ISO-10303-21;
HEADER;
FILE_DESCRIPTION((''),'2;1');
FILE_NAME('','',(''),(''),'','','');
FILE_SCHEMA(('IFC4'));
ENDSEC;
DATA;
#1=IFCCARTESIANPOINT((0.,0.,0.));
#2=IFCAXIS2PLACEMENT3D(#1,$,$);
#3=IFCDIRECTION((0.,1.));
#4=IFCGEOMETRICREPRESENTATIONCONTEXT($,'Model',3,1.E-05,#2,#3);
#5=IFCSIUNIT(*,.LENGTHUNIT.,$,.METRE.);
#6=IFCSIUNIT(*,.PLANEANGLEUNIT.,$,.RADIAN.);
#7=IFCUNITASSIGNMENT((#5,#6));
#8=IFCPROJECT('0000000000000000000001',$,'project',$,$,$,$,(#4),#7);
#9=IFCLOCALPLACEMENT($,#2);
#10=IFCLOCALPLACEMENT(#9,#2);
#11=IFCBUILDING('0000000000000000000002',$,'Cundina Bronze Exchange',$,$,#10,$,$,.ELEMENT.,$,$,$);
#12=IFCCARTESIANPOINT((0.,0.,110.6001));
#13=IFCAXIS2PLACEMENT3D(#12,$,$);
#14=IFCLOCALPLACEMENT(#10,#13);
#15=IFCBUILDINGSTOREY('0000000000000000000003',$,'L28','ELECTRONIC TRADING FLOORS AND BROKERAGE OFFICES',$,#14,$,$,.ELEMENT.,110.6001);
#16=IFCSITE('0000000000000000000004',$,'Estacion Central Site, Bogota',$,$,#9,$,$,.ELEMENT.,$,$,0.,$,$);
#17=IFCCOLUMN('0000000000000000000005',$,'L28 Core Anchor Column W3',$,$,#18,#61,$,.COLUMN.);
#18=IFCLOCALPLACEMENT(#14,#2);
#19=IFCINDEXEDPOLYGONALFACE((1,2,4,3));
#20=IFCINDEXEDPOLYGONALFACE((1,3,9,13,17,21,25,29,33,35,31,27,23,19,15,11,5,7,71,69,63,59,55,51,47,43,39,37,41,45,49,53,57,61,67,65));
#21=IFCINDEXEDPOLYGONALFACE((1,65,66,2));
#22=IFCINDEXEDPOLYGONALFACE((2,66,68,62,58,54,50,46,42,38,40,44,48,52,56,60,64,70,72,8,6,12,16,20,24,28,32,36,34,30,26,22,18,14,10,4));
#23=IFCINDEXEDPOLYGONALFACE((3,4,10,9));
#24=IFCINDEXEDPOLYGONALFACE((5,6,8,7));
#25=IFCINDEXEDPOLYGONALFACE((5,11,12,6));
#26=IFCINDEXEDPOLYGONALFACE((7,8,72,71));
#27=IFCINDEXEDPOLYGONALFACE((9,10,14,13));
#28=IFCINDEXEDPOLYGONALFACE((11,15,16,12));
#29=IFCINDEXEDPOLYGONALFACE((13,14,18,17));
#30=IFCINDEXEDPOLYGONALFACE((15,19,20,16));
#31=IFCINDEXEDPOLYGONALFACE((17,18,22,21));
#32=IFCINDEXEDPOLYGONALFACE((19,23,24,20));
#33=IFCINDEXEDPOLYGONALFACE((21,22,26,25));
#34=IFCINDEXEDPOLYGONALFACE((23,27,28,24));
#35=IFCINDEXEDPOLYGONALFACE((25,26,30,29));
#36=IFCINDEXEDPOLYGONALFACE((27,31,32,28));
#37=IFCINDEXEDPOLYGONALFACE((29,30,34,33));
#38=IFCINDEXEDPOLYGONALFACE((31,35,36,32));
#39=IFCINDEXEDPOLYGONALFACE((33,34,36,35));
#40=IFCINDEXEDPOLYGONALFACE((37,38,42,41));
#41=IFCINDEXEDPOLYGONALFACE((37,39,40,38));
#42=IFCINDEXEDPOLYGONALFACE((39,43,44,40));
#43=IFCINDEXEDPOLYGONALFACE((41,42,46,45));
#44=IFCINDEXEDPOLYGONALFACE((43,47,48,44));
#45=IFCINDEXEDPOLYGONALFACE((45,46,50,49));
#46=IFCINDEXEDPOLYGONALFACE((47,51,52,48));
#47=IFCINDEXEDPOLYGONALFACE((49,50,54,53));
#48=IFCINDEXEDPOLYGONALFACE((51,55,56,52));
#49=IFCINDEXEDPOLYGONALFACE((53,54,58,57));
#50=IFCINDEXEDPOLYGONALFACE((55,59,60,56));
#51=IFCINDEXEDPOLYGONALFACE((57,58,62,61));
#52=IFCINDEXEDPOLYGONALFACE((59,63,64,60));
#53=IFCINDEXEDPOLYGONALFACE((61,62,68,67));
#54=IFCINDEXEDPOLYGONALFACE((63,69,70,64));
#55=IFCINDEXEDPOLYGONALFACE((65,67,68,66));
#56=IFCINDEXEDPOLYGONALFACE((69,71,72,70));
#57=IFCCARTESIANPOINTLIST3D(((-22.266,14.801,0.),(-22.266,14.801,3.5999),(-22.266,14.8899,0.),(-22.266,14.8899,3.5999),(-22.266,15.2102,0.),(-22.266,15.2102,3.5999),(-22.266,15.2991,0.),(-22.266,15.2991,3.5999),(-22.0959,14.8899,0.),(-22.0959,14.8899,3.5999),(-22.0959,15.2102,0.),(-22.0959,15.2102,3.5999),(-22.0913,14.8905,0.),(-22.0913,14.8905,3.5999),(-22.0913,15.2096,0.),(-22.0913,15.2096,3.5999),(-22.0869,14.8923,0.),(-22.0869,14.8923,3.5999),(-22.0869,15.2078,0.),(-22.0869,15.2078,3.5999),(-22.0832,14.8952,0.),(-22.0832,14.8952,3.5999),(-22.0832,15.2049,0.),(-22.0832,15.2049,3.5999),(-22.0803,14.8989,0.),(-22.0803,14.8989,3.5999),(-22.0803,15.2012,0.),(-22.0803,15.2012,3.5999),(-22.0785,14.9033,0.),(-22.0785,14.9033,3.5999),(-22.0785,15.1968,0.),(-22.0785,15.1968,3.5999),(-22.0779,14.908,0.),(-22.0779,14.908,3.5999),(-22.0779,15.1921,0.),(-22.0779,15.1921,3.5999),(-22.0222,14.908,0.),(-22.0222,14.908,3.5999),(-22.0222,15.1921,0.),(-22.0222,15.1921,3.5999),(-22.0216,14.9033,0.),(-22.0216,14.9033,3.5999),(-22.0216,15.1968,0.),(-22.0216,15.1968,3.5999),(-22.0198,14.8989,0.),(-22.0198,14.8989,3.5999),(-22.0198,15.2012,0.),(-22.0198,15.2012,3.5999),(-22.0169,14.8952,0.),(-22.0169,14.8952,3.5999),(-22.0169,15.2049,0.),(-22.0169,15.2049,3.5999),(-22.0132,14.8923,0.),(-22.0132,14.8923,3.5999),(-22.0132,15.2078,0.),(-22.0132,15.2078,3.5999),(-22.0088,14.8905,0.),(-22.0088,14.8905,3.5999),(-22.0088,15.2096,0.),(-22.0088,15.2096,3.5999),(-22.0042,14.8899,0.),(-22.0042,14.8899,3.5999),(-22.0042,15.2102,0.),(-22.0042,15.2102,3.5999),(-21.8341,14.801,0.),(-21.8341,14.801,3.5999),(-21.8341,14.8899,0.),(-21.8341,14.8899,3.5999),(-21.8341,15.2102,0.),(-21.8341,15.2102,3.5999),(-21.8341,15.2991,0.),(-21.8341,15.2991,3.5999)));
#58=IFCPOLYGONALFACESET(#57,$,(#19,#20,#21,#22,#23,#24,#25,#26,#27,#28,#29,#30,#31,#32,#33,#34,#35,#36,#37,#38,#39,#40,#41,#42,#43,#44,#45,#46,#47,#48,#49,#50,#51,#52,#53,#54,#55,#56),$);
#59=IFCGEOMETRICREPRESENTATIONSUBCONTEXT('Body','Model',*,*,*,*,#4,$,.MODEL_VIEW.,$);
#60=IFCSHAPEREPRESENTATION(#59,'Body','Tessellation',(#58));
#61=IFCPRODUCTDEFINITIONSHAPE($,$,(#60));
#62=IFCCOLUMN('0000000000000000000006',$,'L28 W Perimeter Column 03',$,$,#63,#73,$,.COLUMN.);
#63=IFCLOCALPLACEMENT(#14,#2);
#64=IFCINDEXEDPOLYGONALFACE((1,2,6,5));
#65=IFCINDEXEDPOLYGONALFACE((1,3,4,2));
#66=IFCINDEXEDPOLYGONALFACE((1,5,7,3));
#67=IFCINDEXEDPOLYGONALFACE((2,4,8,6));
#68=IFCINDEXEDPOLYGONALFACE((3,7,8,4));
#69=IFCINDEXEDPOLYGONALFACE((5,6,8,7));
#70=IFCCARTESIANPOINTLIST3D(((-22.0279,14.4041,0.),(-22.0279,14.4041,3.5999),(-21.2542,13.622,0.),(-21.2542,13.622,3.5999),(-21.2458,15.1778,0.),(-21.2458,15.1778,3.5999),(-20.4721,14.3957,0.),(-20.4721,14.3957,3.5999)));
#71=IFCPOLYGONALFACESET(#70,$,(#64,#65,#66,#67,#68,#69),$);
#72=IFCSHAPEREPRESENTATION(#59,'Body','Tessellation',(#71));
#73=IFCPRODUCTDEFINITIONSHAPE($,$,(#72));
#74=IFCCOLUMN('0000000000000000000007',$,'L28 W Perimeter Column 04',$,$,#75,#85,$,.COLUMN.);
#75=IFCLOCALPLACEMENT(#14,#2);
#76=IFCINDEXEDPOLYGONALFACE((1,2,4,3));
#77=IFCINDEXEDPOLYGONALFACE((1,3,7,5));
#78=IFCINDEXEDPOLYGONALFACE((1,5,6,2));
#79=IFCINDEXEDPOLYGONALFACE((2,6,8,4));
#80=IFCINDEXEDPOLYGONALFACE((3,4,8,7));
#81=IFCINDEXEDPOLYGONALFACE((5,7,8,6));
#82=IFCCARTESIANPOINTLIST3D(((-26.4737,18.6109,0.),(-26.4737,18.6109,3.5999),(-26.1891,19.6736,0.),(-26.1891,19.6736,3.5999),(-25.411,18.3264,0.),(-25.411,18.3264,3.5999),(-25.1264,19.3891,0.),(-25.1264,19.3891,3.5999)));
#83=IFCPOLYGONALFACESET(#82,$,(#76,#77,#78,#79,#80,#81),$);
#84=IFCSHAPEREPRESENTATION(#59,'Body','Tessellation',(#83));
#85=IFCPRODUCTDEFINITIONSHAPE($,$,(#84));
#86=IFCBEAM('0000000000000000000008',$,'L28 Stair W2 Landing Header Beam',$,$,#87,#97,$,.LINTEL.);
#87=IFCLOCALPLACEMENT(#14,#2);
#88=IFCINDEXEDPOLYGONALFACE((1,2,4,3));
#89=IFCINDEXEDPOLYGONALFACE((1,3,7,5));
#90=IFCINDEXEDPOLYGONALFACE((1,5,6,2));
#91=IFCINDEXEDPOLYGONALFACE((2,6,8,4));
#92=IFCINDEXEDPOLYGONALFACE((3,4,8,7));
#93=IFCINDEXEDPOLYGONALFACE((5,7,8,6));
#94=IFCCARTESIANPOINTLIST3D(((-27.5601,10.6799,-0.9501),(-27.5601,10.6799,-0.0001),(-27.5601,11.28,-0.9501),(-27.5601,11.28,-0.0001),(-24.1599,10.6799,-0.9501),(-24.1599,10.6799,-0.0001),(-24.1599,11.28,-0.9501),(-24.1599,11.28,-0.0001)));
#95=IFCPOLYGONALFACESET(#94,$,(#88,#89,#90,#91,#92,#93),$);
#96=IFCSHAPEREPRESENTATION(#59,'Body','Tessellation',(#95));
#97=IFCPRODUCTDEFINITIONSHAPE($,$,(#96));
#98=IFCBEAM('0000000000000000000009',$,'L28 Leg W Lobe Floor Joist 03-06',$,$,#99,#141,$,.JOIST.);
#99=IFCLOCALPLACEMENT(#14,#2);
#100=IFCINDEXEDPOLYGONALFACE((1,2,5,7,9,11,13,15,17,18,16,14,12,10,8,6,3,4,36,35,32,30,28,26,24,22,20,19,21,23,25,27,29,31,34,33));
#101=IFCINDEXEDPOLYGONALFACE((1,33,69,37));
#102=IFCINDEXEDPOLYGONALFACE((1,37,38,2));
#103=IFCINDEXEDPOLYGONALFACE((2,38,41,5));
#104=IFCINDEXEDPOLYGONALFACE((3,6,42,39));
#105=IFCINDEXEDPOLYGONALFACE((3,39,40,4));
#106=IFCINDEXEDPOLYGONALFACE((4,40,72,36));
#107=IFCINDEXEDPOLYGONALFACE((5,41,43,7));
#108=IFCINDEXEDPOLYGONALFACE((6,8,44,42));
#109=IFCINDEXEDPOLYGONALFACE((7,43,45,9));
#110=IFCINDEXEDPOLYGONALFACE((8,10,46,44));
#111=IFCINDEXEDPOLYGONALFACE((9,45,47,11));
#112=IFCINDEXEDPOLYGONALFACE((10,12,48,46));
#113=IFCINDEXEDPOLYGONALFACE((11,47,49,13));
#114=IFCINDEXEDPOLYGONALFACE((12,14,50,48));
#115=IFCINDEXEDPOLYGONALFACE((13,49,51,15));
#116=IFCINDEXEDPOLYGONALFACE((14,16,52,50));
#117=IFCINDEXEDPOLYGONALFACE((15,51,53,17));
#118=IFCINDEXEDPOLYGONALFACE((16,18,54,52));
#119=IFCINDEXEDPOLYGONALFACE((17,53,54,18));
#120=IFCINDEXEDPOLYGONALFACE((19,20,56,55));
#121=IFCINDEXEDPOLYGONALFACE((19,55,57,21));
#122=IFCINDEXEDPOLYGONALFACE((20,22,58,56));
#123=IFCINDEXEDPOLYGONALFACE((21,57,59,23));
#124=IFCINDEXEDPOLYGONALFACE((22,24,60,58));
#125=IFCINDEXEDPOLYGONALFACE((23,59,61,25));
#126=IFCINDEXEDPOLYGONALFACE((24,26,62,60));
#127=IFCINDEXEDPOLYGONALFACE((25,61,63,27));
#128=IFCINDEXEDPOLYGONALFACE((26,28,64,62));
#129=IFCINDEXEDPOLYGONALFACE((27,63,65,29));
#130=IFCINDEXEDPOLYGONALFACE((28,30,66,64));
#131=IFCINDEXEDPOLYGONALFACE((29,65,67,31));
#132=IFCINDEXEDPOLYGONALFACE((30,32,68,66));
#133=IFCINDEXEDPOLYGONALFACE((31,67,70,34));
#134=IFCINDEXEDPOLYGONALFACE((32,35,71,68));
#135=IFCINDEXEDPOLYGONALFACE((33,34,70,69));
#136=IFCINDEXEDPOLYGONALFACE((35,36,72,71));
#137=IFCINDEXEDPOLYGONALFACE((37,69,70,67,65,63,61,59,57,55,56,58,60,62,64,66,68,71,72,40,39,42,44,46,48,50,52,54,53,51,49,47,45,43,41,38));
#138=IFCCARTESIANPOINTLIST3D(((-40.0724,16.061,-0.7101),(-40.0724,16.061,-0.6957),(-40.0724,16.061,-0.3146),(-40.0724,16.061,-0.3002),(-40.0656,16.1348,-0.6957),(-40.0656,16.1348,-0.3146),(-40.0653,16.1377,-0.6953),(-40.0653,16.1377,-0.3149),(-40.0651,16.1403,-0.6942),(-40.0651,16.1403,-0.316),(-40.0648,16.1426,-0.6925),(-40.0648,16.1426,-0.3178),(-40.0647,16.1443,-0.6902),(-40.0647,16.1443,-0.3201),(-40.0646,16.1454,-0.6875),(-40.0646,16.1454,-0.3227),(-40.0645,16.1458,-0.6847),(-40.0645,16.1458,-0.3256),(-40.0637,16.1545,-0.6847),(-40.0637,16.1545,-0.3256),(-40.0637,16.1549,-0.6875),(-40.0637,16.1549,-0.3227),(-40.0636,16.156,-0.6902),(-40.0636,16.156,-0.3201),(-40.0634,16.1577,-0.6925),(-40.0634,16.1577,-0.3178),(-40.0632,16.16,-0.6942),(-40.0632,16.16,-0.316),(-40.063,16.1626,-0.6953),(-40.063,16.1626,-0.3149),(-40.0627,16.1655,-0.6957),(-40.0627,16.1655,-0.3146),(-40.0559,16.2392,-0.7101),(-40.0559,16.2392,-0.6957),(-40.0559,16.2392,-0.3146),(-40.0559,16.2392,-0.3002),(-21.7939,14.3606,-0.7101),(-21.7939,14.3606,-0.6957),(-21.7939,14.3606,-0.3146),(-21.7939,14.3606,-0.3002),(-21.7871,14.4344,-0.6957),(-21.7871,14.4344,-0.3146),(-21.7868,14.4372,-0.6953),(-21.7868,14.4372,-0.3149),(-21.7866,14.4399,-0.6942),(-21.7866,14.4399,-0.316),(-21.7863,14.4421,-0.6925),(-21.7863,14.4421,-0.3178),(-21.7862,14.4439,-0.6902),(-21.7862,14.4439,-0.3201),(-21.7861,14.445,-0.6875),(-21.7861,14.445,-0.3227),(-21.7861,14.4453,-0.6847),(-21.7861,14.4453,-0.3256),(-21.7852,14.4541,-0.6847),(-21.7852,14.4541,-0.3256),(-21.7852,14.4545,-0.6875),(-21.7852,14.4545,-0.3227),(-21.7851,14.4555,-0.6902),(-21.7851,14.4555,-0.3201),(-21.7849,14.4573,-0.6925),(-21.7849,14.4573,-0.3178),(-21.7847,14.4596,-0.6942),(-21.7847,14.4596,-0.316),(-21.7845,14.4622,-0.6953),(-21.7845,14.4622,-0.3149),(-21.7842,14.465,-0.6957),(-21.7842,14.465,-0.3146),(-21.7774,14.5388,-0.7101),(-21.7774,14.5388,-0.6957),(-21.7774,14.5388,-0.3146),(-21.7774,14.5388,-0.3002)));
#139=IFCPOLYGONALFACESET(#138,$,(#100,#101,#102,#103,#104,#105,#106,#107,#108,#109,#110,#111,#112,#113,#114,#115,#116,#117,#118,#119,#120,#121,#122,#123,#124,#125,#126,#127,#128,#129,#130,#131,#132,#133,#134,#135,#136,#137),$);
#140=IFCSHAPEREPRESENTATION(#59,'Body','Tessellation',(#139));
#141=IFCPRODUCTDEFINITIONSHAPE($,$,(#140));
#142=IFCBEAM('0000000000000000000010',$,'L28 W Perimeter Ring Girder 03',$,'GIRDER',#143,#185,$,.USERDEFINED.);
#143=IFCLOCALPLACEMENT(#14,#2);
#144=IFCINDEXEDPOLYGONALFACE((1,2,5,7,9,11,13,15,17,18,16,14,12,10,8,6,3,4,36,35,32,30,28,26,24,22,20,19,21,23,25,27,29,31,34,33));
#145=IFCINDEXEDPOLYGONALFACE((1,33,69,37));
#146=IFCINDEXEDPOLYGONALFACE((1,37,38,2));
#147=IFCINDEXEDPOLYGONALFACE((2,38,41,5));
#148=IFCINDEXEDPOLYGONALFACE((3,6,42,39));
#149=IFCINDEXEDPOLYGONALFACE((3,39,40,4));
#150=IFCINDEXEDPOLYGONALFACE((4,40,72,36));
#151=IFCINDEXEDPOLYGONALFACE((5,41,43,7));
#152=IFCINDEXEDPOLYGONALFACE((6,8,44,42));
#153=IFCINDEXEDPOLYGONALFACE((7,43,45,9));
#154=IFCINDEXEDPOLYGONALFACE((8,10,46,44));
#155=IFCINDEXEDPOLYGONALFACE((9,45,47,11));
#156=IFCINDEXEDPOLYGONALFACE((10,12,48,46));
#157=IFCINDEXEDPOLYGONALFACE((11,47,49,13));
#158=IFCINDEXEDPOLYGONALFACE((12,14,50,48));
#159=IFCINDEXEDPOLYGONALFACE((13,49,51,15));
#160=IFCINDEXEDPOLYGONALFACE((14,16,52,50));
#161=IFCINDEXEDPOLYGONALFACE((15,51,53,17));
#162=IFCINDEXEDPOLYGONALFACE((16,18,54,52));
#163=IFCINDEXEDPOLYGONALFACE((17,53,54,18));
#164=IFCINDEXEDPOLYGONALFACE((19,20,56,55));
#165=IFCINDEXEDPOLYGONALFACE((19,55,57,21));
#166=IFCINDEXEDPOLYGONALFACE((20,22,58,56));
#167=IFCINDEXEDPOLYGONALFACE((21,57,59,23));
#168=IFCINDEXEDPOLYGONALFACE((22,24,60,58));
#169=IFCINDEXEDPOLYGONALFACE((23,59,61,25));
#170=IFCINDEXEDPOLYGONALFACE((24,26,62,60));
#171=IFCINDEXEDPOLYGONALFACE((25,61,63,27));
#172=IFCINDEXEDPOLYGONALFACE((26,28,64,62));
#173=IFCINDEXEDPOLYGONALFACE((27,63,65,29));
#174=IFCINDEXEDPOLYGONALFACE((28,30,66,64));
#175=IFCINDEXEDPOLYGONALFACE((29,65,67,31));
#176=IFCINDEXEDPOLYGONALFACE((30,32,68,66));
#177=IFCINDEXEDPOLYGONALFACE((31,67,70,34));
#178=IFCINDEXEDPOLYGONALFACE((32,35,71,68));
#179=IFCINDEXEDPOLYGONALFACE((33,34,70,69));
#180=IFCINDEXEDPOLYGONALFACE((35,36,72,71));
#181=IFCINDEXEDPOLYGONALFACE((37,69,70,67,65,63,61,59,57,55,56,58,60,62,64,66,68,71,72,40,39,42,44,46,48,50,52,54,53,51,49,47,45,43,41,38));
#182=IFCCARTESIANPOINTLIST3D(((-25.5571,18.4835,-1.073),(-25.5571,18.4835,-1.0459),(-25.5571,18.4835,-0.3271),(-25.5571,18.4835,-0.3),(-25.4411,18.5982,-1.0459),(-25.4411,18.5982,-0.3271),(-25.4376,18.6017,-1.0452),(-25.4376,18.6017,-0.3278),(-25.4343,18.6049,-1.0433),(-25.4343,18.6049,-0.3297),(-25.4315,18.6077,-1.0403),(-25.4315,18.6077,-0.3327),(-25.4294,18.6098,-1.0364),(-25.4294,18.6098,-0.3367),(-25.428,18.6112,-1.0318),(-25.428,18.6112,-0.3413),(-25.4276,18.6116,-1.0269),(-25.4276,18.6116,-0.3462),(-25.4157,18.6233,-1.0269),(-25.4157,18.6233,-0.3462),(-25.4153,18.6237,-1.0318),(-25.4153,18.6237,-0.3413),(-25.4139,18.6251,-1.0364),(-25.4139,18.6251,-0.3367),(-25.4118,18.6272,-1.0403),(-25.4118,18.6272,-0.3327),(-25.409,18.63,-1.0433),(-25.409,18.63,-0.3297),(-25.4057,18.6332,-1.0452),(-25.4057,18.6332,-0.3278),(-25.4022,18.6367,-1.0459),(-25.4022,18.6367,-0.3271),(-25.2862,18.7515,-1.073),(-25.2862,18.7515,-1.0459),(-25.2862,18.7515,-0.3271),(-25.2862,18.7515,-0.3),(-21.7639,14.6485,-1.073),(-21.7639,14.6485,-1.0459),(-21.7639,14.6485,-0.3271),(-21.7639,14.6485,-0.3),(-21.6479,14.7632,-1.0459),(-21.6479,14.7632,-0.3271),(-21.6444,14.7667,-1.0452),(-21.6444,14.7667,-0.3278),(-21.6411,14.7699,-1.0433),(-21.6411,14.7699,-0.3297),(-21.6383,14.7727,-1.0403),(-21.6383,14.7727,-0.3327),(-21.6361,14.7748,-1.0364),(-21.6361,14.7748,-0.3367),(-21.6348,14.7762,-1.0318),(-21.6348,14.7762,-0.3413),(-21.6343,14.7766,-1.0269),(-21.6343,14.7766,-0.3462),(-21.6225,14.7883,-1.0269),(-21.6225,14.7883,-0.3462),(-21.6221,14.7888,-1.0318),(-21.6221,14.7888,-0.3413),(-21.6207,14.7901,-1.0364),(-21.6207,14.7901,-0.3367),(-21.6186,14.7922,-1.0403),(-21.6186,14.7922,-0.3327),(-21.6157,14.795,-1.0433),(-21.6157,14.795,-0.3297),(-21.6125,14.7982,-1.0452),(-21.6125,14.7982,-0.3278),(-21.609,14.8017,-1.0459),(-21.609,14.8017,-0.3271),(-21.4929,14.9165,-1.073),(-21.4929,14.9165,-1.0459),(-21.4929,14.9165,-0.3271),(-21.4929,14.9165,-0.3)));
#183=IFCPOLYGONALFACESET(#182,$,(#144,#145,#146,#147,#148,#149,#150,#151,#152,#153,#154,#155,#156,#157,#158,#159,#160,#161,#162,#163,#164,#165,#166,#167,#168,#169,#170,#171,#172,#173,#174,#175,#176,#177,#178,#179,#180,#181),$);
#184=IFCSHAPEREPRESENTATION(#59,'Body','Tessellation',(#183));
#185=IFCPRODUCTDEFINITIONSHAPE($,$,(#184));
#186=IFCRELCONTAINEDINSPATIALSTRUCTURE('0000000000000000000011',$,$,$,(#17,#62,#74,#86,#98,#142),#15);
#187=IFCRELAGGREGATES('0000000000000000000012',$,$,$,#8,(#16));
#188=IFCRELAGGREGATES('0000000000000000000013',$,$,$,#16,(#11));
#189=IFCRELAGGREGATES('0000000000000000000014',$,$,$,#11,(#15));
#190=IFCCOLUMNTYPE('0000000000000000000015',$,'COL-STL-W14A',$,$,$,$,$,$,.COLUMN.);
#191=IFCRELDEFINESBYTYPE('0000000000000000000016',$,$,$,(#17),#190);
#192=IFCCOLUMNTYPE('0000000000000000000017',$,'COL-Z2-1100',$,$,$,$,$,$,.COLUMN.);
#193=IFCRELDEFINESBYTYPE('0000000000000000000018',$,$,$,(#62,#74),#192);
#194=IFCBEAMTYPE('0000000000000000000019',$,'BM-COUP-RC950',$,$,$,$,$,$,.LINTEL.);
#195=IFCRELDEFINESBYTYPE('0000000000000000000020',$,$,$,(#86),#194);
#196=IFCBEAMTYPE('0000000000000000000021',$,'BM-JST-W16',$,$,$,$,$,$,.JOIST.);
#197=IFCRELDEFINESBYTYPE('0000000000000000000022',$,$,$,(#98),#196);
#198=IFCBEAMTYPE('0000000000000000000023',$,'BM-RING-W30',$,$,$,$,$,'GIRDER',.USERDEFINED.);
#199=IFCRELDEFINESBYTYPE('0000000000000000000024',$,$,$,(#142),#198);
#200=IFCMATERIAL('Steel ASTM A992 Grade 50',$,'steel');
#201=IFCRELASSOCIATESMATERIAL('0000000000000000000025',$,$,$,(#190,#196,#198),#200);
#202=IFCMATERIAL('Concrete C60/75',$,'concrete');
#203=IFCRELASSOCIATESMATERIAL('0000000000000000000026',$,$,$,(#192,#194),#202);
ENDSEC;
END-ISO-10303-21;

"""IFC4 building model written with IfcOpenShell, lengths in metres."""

from ifc_helpers import new_model, si_unit, direction, frame, origin, origin_2d, place, context, subcontext, project, spatial, rectangle, i_section, extrude, material, material_profile, profile_set, type_object, element, save


model = new_model("IFC4")

# Units and contexts
model_context = context("Model", 3, precision=1e-05, world=origin(), true_north=direction((0.0, 1.0)))
body_context = subcontext(model_context, "Body", "Model", "MODEL_VIEW")
ifc_project = project(units=[si_unit("LENGTHUNIT", "METRE"), si_unit("PLANEANGLEUNIT", "RADIAN")], contexts=[model_context])

# Site, building, storey
site_placement = place(None, origin())
site = spatial("IfcSite", under=ifc_project, at=site_placement, Name="Estacion Central Site, Bogota", CompositionType="ELEMENT", RefElevation=0.0)
building_placement = place(site_placement, origin())
building = spatial("IfcBuilding", under=site, at=building_placement, Name="Cundina Bronze Exchange", CompositionType="ELEMENT")
storey_placement = place(building_placement, frame((0.0, 0.0, 110.6001)))
storey = spatial("IfcBuildingStorey", under=building, at=storey_placement, Name="L28", Description="ELECTRONIC TRADING FLOORS AND BROKERAGE OFFICES", CompositionType="ELEMENT", Elevation=110.6001)

# Columns
ifc_material_1 = material(Name="Steel ASTM A992 Grade 50", Category="steel")
ifc_material_profile_1 = material_profile(ifc_material_1, i_section(OverallWidth=0.4319, OverallDepth=0.498, WebThickness=0.0557, FlangeThickness=0.0889, FilletRadius=0.0181, at=origin_2d()), Name="W14X500", Category="steel")
ifc_profile_set_1 = profile_set([ifc_material_profile_1], Name="Steel ASTM A992 Grade 50")
column_type_1 = type_object("IfcColumnType", Name="COL-STL-W14A", PredefinedType="COLUMN", material=ifc_profile_set_1)
column_placement = place(storey_placement, frame((-22.05, 15.05, 0.0), z_axis=(0.0, 0.0, 1.0), x_axis=(1.0, 0.0, 0.0)))
element("IfcColumn", 1, at=column_placement, inside=storey, type_object=column_type_1, Name="L28 Core Anchor Column W3", PredefinedType="COLUMN", context=body_context, shape_type="SweptSolid", body=[
    extrude(i_section(OverallWidth=0.4319, OverallDepth=0.498, WebThickness=0.0557, FlangeThickness=0.0889, FilletRadius=0.0181, at=origin_2d()), origin(), (0.0, 0.0, 1.0), 3.5999),
])
ifc_material_2 = material(Name="Concrete C60/75", Category="concrete")
ifc_material_profile_2 = material_profile(ifc_material_2, rectangle(XDim=1.1001, YDim=1.1001, at=origin_2d()), Name="RC1100X1100", Category="concrete")
ifc_profile_set_2 = profile_set([ifc_material_profile_2], Name="Concrete C60/75")
column_type_2 = type_object("IfcColumnType", Name="COL-Z2-1100", PredefinedType="COLUMN", material=ifc_profile_set_2)
for number, where, z_axis, x_axis, name in (
    (2, (-21.25, 14.3999, 0.0), (0.0, 0.0, 1.0), (-0.703271, 0.710922, 0.0), "L28 W Perimeter Column 03"),
    (3, (-25.8, 19.0, 0.0), (0.0, 0.0, 1.0), (-0.965971, 0.25865, 0.0), "L28 W Perimeter Column 04"),
):
    element("IfcColumn", number, at=place(storey_placement, frame(where, z_axis=z_axis, x_axis=x_axis)), inside=storey, type_object=column_type_2, Name=name, PredefinedType="COLUMN", context=body_context, shape_type="SweptSolid", body=[
        extrude(rectangle(XDim=1.1001, YDim=1.1001, at=origin_2d()), origin(), (0.0, 0.0, 1.0), 3.5999),
    ])

# Beams
ifc_material_profile_3 = material_profile(ifc_material_2, rectangle(XDim=0.6001, YDim=0.95, at=origin_2d()), Name="RC600X950", Category="concrete")
ifc_profile_set_3 = profile_set([ifc_material_profile_3], Name="Concrete C60/75")
beam_type_1 = type_object("IfcBeamType", Name="BM-COUP-RC950", PredefinedType="LINTEL", material=ifc_profile_set_3)
beam_1_placement = place(storey_placement, frame((-27.5601, 10.98, -0.4751), z_axis=(1.0, 0.0, 0.0), x_axis=(0.0, 1.0, 0.0)))
element("IfcBeam", 4, at=beam_1_placement, inside=storey, type_object=beam_type_1, Name="L28 Stair W2 Landing Header Beam", PredefinedType="LINTEL", context=body_context, shape_type="SweptSolid", body=[
    extrude(rectangle(XDim=0.6001, YDim=0.95, at=origin_2d()), origin(), (0.0, 0.0, 1.0), 3.4001),
])
ifc_material_profile_4 = material_profile(ifc_material_1, i_section(OverallWidth=0.179, OverallDepth=0.4099, WebThickness=0.0088, FlangeThickness=0.0144, FilletRadius=0.011, at=origin_2d()), Name="W16X45", Category="steel")
ifc_profile_set_4 = profile_set([ifc_material_profile_4], Name="Steel ASTM A992 Grade 50")
beam_type_2 = type_object("IfcBeamType", Name="BM-JST-W16", PredefinedType="JOIST", material=ifc_profile_set_4)
beam_2_placement = place(storey_placement, frame((-21.7856, 14.4497, -0.5051), z_axis=(-0.995701, 0.092629, 0.0), x_axis=(-0.092629, -0.995701, 0.0)))
element("IfcBeam", 5, at=beam_2_placement, inside=storey, type_object=beam_type_2, Name="L28 Leg W Lobe Floor Joist 03-06", PredefinedType="JOIST", context=body_context, shape_type="SweptSolid", body=[
    extrude(i_section(OverallWidth=0.179, OverallDepth=0.4099, WebThickness=0.0088, FlangeThickness=0.0144, FilletRadius=0.011, at=origin_2d()), origin(), (0.0, 0.0, 1.0), 18.3574),
])
ifc_material_profile_5 = material_profile(ifc_material_1, i_section(OverallWidth=0.3811, OverallDepth=0.7729, WebThickness=0.0166, FlangeThickness=0.0271, FilletRadius=0.019, at=origin_2d()), Name="W30X173", Category="steel")
ifc_profile_set_5 = profile_set([ifc_material_profile_5], Name="Steel ASTM A992 Grade 50")
beam_type_3 = type_object("IfcBeamType", Name="BM-RING-W30", ElementType="GIRDER", PredefinedType="USERDEFINED", material=ifc_profile_set_5)
beam_3_placement = place(storey_placement, frame((-21.6284, 14.7825, -0.6865), z_axis=(-0.703226, 0.710966, 0.0), x_axis=(-0.710966, -0.703226, 0.0)))
element("IfcBeam", 6, at=beam_3_placement, inside=storey, type_object=beam_type_3, Name="L28 W Perimeter Ring Girder 03", ObjectType="GIRDER", PredefinedType="USERDEFINED", context=body_context, shape_type="SweptSolid", body=[
    extrude(i_section(OverallWidth=0.3811, OverallDepth=0.7729, WebThickness=0.0166, FlangeThickness=0.0271, FilletRadius=0.019, at=origin_2d()), origin(), (0.0, 0.0, 1.0), 5.394),
])

save(model, "model.ifc")
